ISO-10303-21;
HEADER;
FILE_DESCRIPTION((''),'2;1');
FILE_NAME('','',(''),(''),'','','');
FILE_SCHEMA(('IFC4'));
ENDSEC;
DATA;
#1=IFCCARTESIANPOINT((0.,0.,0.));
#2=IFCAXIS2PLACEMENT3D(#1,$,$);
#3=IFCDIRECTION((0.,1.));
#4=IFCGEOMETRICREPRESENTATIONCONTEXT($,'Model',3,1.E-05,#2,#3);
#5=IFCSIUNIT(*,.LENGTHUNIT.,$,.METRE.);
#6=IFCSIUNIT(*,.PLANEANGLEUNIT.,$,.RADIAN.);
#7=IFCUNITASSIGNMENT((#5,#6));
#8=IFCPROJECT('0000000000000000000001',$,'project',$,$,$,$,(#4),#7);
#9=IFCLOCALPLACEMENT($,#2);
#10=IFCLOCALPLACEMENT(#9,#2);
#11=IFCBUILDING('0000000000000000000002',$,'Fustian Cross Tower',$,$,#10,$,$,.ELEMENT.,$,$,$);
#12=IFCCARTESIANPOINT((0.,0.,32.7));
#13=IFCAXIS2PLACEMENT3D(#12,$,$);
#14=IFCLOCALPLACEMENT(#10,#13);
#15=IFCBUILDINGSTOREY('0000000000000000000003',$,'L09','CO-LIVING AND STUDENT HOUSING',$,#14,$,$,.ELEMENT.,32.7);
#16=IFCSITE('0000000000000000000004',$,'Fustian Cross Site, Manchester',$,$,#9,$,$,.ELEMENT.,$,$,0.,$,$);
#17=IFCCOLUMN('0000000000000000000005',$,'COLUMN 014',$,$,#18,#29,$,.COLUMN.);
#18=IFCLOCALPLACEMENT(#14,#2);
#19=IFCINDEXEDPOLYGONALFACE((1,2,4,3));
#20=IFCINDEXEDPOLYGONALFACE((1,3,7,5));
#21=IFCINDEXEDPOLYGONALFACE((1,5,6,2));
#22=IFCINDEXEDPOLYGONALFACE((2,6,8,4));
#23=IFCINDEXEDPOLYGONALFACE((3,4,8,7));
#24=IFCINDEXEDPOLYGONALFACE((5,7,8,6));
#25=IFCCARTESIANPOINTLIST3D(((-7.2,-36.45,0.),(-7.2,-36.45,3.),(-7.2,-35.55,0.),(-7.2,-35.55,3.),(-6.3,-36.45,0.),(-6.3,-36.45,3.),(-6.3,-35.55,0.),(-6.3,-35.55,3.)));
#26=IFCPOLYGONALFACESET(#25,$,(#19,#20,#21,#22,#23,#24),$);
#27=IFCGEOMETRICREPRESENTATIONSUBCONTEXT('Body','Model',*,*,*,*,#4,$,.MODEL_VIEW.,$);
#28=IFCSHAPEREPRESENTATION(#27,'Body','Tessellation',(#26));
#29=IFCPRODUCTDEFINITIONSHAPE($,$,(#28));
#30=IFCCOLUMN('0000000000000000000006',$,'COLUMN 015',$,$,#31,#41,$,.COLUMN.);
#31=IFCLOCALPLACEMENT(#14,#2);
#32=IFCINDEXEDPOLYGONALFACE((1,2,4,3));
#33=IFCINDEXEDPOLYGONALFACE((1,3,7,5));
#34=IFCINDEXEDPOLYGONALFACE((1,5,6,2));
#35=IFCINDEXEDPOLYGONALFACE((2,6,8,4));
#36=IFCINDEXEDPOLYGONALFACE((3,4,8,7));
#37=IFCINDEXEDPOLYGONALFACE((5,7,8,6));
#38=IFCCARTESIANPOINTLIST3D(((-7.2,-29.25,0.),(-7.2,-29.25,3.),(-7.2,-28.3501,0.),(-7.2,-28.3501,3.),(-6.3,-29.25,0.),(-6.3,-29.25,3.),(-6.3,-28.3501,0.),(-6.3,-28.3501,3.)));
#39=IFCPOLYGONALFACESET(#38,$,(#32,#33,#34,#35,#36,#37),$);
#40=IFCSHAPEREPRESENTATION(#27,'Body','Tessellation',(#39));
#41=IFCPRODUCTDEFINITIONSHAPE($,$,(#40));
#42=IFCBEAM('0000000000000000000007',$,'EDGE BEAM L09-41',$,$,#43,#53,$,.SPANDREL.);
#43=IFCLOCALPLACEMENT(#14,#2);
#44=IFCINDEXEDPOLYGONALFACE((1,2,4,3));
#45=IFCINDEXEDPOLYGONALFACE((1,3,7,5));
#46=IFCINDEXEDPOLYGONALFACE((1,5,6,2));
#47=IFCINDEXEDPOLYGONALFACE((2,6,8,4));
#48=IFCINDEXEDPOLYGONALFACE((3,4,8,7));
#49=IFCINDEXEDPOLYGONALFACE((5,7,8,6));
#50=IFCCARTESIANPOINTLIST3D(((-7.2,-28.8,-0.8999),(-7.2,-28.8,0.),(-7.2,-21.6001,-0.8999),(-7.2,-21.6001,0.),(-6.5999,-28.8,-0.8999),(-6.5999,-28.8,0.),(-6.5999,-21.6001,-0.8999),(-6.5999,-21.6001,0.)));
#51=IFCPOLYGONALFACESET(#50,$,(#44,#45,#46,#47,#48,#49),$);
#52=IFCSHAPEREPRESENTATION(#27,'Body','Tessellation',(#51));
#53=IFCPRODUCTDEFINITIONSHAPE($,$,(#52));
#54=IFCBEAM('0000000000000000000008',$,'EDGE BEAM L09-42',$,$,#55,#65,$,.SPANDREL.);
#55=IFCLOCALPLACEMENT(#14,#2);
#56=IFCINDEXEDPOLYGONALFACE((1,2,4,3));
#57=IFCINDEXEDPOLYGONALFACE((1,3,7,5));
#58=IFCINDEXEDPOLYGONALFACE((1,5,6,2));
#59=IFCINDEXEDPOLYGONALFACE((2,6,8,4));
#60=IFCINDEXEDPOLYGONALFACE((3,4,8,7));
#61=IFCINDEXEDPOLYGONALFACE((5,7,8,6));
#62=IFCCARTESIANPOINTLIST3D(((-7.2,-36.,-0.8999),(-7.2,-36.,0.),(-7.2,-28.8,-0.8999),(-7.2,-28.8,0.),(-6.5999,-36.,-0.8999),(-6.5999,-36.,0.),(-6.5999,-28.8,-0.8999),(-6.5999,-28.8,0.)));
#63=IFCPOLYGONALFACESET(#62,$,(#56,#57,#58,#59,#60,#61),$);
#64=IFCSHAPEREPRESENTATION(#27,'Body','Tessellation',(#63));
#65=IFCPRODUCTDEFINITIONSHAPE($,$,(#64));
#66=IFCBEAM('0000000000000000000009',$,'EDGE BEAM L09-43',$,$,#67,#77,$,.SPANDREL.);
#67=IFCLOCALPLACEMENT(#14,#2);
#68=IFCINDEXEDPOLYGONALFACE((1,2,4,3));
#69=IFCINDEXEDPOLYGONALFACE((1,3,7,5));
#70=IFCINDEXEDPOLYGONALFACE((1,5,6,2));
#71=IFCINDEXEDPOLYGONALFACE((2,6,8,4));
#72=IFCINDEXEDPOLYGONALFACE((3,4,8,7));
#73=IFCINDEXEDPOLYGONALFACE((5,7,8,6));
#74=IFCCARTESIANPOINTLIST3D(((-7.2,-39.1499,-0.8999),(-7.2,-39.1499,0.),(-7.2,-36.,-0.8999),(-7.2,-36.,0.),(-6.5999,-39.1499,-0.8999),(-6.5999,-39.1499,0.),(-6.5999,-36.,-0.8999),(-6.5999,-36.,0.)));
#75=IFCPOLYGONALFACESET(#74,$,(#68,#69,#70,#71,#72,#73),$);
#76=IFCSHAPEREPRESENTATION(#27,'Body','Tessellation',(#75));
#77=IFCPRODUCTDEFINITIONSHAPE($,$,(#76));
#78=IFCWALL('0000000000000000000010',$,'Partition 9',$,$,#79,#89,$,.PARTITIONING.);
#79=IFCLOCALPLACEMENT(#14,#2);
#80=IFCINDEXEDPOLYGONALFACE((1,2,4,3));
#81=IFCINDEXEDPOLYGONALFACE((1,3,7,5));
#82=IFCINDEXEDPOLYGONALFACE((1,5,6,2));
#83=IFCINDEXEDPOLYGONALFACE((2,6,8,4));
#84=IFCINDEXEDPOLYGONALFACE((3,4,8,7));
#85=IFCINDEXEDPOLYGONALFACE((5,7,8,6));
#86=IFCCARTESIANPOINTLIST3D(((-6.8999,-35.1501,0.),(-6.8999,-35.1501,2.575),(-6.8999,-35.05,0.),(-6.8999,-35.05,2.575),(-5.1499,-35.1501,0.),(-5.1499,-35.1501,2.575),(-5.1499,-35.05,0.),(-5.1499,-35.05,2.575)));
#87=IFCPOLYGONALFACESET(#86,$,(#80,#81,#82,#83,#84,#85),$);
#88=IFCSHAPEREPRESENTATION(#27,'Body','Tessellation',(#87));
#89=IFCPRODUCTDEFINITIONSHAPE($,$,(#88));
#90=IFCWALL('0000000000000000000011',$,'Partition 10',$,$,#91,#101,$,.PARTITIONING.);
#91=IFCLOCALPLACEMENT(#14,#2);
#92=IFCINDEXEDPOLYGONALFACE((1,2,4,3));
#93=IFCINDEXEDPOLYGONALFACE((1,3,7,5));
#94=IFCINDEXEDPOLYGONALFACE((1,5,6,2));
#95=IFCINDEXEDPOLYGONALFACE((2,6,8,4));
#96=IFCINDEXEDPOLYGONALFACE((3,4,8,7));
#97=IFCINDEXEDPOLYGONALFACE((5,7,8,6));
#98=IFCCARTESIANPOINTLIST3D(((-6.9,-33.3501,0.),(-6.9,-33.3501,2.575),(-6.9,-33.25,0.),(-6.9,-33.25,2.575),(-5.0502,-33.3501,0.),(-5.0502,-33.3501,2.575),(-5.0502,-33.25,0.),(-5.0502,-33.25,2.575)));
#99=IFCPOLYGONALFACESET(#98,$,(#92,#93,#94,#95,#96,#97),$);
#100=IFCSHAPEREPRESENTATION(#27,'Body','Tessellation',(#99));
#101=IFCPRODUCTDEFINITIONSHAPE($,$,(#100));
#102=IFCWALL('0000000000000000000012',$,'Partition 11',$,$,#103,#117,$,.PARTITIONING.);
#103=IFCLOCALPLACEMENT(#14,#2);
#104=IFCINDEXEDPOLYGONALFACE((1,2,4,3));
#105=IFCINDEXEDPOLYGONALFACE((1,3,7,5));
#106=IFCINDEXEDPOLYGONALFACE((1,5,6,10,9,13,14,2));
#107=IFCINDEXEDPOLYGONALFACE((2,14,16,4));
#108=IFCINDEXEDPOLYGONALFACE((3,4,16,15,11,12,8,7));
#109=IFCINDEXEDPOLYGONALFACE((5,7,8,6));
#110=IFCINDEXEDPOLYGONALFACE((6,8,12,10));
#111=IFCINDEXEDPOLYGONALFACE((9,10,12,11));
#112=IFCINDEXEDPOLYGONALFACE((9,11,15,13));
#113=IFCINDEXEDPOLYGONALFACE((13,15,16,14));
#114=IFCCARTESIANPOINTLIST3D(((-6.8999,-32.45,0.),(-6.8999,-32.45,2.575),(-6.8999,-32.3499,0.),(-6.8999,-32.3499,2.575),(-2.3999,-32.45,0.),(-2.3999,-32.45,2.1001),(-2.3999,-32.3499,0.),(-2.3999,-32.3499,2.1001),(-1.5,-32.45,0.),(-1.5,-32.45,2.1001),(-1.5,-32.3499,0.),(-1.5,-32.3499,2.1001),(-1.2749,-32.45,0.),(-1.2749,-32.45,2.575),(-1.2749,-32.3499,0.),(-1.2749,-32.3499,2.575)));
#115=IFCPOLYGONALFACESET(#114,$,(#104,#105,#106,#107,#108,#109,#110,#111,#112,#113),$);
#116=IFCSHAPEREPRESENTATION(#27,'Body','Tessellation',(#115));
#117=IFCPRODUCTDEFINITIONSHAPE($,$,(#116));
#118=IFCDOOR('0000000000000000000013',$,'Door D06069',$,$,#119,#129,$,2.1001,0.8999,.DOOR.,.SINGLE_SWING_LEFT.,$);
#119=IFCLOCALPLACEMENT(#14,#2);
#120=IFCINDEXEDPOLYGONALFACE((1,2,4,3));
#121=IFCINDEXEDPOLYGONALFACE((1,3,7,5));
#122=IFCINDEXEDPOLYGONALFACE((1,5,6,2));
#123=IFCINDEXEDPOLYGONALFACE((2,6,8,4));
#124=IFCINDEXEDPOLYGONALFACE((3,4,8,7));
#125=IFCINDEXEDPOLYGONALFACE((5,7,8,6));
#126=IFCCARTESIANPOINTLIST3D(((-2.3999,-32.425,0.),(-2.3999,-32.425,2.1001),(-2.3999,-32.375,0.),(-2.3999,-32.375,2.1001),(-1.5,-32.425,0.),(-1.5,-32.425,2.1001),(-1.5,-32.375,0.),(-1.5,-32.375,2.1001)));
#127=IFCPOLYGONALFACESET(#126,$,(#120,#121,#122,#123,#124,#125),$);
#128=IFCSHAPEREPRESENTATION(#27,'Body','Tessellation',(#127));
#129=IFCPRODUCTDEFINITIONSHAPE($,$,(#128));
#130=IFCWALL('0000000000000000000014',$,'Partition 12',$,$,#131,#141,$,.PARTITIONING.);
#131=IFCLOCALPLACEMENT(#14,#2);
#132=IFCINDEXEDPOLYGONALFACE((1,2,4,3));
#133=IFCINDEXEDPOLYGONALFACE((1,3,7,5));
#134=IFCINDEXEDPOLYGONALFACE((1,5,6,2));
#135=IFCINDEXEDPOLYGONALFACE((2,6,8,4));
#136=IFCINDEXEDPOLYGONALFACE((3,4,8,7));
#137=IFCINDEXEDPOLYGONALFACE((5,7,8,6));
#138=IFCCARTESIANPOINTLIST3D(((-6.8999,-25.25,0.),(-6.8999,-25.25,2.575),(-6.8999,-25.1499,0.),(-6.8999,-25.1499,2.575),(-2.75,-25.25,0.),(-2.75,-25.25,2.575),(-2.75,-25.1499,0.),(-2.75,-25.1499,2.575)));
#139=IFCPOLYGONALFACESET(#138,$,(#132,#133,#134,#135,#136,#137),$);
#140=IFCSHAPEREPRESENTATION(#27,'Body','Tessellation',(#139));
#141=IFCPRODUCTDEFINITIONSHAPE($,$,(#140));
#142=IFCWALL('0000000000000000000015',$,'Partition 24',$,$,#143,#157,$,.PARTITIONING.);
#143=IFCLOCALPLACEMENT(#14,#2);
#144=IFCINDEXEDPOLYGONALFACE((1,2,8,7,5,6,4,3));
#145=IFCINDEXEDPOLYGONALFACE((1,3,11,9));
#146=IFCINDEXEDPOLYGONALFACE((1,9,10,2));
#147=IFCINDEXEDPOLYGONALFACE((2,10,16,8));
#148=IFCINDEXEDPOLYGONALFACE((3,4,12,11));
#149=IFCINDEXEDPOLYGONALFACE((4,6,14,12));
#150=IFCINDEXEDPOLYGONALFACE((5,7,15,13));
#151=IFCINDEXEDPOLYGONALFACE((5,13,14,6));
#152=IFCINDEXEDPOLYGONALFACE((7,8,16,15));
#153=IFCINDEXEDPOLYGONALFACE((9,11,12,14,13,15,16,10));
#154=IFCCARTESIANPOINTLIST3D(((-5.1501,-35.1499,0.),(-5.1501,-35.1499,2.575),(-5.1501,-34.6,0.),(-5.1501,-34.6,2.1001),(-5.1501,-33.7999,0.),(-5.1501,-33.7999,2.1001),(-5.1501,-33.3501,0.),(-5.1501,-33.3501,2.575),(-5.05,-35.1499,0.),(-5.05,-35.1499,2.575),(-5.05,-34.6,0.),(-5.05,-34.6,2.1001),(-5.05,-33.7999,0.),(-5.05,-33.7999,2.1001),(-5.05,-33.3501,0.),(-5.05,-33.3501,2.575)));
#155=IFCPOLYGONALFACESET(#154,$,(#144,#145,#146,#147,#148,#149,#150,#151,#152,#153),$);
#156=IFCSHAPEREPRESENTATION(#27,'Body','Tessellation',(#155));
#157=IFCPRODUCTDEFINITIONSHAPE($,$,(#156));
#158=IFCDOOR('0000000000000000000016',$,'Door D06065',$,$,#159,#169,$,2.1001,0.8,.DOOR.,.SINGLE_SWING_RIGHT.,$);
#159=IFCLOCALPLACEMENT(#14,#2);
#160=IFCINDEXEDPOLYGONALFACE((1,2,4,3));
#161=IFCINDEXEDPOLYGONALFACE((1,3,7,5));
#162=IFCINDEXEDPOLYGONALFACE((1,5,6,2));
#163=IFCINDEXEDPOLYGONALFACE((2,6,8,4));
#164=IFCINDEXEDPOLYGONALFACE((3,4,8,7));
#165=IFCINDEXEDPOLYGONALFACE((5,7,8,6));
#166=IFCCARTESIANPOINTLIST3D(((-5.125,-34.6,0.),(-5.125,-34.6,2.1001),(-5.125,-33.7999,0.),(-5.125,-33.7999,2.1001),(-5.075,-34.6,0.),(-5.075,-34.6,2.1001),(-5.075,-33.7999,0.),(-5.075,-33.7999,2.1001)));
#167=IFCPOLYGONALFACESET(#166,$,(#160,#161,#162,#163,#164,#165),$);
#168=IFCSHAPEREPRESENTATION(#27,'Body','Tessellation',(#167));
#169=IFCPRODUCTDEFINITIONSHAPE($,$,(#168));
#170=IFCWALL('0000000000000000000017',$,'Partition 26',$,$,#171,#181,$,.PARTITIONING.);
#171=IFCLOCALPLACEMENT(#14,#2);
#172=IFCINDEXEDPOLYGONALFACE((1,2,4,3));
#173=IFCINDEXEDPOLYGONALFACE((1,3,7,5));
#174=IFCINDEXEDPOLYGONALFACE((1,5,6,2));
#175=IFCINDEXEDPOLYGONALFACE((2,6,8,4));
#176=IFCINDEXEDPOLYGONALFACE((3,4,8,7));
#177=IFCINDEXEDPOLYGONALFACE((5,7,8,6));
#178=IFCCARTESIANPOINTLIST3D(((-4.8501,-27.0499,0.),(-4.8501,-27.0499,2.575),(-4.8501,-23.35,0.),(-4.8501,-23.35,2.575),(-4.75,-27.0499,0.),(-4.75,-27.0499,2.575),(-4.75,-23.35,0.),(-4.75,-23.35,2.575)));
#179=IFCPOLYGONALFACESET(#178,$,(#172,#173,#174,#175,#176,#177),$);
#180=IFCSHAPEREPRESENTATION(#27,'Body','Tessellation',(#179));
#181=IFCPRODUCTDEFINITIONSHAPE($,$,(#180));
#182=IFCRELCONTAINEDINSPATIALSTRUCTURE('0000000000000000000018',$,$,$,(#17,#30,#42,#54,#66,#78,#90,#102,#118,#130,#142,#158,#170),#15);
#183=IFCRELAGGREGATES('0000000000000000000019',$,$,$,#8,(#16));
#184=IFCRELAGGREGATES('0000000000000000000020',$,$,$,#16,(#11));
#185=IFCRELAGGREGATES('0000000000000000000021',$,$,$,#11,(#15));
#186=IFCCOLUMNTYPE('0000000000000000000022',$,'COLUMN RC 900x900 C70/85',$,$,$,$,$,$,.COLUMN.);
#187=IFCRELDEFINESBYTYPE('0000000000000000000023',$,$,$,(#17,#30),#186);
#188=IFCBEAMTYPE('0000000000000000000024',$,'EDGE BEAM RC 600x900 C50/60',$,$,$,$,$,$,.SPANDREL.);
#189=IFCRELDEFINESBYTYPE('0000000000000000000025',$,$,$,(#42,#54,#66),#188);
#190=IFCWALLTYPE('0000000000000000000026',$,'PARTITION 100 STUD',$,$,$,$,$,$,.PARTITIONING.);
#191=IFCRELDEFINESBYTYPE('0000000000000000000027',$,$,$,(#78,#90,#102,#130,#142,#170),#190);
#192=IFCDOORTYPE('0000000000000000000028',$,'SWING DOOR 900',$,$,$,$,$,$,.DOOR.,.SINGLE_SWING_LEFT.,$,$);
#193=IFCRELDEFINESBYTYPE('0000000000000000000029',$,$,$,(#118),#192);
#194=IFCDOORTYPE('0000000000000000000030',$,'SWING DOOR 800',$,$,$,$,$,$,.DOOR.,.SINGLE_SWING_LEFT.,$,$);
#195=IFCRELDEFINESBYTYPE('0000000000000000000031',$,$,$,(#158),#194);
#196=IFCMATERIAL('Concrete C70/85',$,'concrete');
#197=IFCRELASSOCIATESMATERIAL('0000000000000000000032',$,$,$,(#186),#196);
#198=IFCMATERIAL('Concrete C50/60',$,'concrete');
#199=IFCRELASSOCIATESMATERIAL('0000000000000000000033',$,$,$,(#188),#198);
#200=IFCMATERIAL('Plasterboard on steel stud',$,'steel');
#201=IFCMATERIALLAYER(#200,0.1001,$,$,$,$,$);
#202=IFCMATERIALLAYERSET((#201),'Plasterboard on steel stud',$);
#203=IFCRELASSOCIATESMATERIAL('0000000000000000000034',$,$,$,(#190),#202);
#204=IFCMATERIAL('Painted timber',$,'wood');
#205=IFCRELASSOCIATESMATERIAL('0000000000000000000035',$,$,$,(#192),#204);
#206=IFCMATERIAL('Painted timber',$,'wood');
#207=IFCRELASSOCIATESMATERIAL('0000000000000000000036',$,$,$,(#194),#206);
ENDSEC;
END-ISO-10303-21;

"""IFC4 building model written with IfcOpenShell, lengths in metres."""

from ifc_helpers import new_model, si_unit, direction, frame, frame_2d, origin, origin_2d, place, context, subcontext, project, spatial, rectangle, extrude, material, layer, layer_set, material_profile, profile_set, type_object, element, fill, save


model = new_model("IFC4")

# Units and contexts
model_context = context("Model", 3, precision=1e-05, world=origin(), true_north=direction((0.0, 1.0)))
body_context = subcontext(model_context, "Body", "Model", "MODEL_VIEW")
ifc_project = project(units=[si_unit("LENGTHUNIT", "METRE"), si_unit("PLANEANGLEUNIT", "RADIAN")], contexts=[model_context])

# Site, building, storey
site_placement = place(None, origin())
site = spatial("IfcSite", under=ifc_project, at=site_placement, Name="Fustian Cross Site, Manchester", CompositionType="ELEMENT", RefElevation=0.0)
building_placement = place(site_placement, origin())
building = spatial("IfcBuilding", under=site, at=building_placement, Name="Fustian Cross Tower", CompositionType="ELEMENT")
storey_placement = place(building_placement, frame((0.0, 0.0, 32.7)))
storey = spatial("IfcBuildingStorey", under=building, at=storey_placement, Name="L09", Description="CO-LIVING AND STUDENT HOUSING", CompositionType="ELEMENT", Elevation=32.7)

# Columns
ifc_material_1 = material(Name="Concrete C70/85", Category="concrete")
ifc_material_profile_1 = material_profile(ifc_material_1, rectangle(XDim=0.8999, YDim=0.8999, at=origin_2d()), Name="RC 900x900")
ifc_profile_set_1 = profile_set([ifc_material_profile_1], Name="Concrete C70/85")
column_type = type_object("IfcColumnType", Name="COLUMN RC 900x900 C70/85", PredefinedType="COLUMN", material=ifc_profile_set_1)
for number, where, z_axis, x_axis, name in (
    (1, (-6.75, -36.0, 0.0), (0.0, 0.0, 1.0), (1.0, 0.0, 0.0), "COLUMN 014"),
    (2, (-6.75, -28.8, 0.0), (0.0, 0.0, 1.0), (1.0, 0.0, 0.0), "COLUMN 015"),
):
    element("IfcColumn", number, at=place(storey_placement, frame(where, z_axis=z_axis, x_axis=x_axis)), inside=storey, type_object=column_type, Name=name, PredefinedType="COLUMN", context=body_context, shape_type="SweptSolid", body=[
        extrude(rectangle(XDim=0.8999, YDim=0.8999, at=origin_2d()), origin(), (0.0, 0.0, 1.0), 3.0),
    ])

# Beams
ifc_material_2 = material(Name="Concrete C50/60", Category="concrete")
ifc_material_profile_2 = material_profile(ifc_material_2, rectangle(XDim=0.6001, YDim=0.8999, at=origin_2d()), Name="RC 600x900")
ifc_profile_set_2 = profile_set([ifc_material_profile_2], Name="Concrete C50/60")
beam_type = type_object("IfcBeamType", Name="EDGE BEAM RC 600x900 C50/60", PredefinedType="SPANDREL", material=ifc_profile_set_2)
for number, where, z_axis, x_axis, name in (
    (3, (-6.8999, -21.6001, -0.45), (0.0, -1.0, 0.0), (1.0, 0.0, 0.0), "EDGE BEAM L09-41"),
    (4, (-6.8999, -28.8, -0.45), (0.0, -1.0, 0.0), (1.0, 0.0, 0.0), "EDGE BEAM L09-42"),
):
    element("IfcBeam", number, at=place(storey_placement, frame(where, z_axis=z_axis, x_axis=x_axis)), inside=storey, type_object=beam_type, Name=name, PredefinedType="SPANDREL", context=body_context, shape_type="SweptSolid", body=[
        extrude(rectangle(XDim=0.6001, YDim=0.8999, at=origin_2d()), origin(), (0.0, 0.0, 1.0), 7.2),
    ])
beam_placement = place(storey_placement, frame((-6.8999, -36.0, -0.45), z_axis=(0.0, -1.0, 0.0), x_axis=(1.0, 0.0, 0.0)))
element("IfcBeam", 5, at=beam_placement, inside=storey, type_object=beam_type, Name="EDGE BEAM L09-43", PredefinedType="SPANDREL", context=body_context, shape_type="SweptSolid", body=[
    extrude(rectangle(XDim=0.6001, YDim=0.8999, at=origin_2d()), origin(), (0.0, 0.0, 1.0), 3.1499),
])

# Walls
ifc_material_3 = material(Name="Plasterboard on steel stud", Category="steel")
ifc_layer_1 = layer(ifc_material_3, 0.1001)
ifc_layer_set_1 = layer_set([ifc_layer_1], Name="Plasterboard on steel stud")
wall_type_1 = type_object("IfcWallType", Name="PARTITION 100 STUD", PredefinedType="PARTITIONING", material=ifc_layer_set_1)
wall_1_placement = place(storey_placement, frame((-6.8999, -35.1001, 0.0), z_axis=(0.0, 0.0, 1.0), x_axis=(1.0, 0.0, 0.0)))
element("IfcWall", 6, at=wall_1_placement, inside=storey, type_object=wall_type_1, Name="Partition 9", PredefinedType="PARTITIONING", context=body_context, shape_type="SweptSolid", body=[
    extrude(rectangle(XDim=1.75, YDim=0.1001, at=frame_2d((0.875, 0.0))), origin(), (0.0, 0.0, 1.0), 2.575),
])
wall_2_placement = place(storey_placement, frame((-6.8999, -33.3, 0.0), z_axis=(0.0, 0.0, 1.0), x_axis=(1.0, 0.0, 0.0)))
element("IfcWall", 7, at=wall_2_placement, inside=storey, type_object=wall_type_1, Name="Partition 10", PredefinedType="PARTITIONING", context=body_context, shape_type="SweptSolid", body=[
    extrude(rectangle(XDim=1.8499, YDim=0.1001, at=frame_2d((0.9248, 0.0))), origin(), (0.0, 0.0, 1.0), 2.575),
])

# Wall, opening, door
wall_3_placement = place(storey_placement, frame((-6.8999, -32.3999, 0.0), z_axis=(0.0, 0.0, 1.0), x_axis=(1.0, 0.0, 0.0)))
wall_3 = element("IfcWall", 8, at=wall_3_placement, inside=storey, type_object=wall_type_1, Name="Partition 11", PredefinedType="PARTITIONING", context=body_context, shape_type="SweptSolid", body=[
    extrude(rectangle(XDim=5.625, YDim=0.1001, at=frame_2d((2.8125, 0.0))), origin(), (0.0, 0.0, 1.0), 2.575),
])
opening_1_placement = place(wall_3_placement, frame((4.5, 0.0, 0.0)))
opening_1 = element("IfcOpeningElement", 9, at=opening_1_placement, cuts=wall_3, PredefinedType="OPENING", context=body_context, shape_type="SweptSolid", body=[
    extrude(rectangle(XDim=0.8999, YDim=2.1001, at=frame_2d((0.45, 1.05))), frame((0.0, 0.0601, 0.0), z_axis=(0.0, -1.0, 0.0), x_axis=(1.0, 0.0, 0.0)), (0.0, 0.0, 1.0), 0.1201),
])
ifc_material_4 = material(Name="Painted timber", Category="wood")
door_type_1 = type_object("IfcDoorType", Name="SWING DOOR 900", OperationType="SINGLE_SWING_LEFT", PredefinedType="DOOR", material=ifc_material_4)
door_1_placement = place(opening_1_placement, origin())
door_1 = element("IfcDoor", 10, at=door_1_placement, inside=storey, type_object=door_type_1, Name="Door D06069", OperationType="SINGLE_SWING_LEFT", OverallHeight=2.1001, OverallWidth=0.8999, PredefinedType="DOOR", context=body_context, shape_type="SweptSolid", body=[
    extrude(rectangle(XDim=0.8999, YDim=2.1001, at=frame_2d((0.45, 1.05))), frame((0.0, 0.0249, 0.0), z_axis=(0.0, -1.0, 0.0), x_axis=(1.0, 0.0, 0.0)), (0.0, 0.0, 1.0), 0.05),
])
fill(opening_1, door_1)

# Wall
wall_4_placement = place(storey_placement, frame((-6.8999, -25.2, 0.0), z_axis=(0.0, 0.0, 1.0), x_axis=(1.0, 0.0, 0.0)))
element("IfcWall", 11, at=wall_4_placement, inside=storey, type_object=wall_type_1, Name="Partition 12", PredefinedType="PARTITIONING", context=body_context, shape_type="SweptSolid", body=[
    extrude(rectangle(XDim=4.1499, YDim=0.1001, at=frame_2d((2.075, 0.0))), origin(), (0.0, 0.0, 1.0), 2.575),
])

# Wall, opening, door
wall_5_placement = place(storey_placement, frame((-5.1001, -35.1499, 0.0), z_axis=(0.0, 0.0, 1.0), x_axis=(0.0, 1.0, 0.0)))
wall_5 = element("IfcWall", 12, at=wall_5_placement, inside=storey, type_object=wall_type_1, Name="Partition 24", PredefinedType="PARTITIONING", context=body_context, shape_type="SweptSolid", body=[
    extrude(rectangle(XDim=1.7998, YDim=0.1001, at=frame_2d((0.8999, 0.0))), origin(), (0.0, 0.0, 1.0), 2.575),
])
opening_2_placement = place(wall_5_placement, frame((0.55, 0.0, 0.0)))
opening_2 = element("IfcOpeningElement", 13, at=opening_2_placement, cuts=wall_5, PredefinedType="OPENING", context=body_context, shape_type="SweptSolid", body=[
    extrude(rectangle(XDim=0.8, YDim=2.1001, at=frame_2d((0.3999, 1.05))), frame((0.0, 0.0601, 0.0), z_axis=(0.0, -1.0, 0.0), x_axis=(1.0, 0.0, 0.0)), (0.0, 0.0, 1.0), 0.1201),
])
ifc_material_5 = material(Name="Painted timber", Category="wood")
door_type_2 = type_object("IfcDoorType", Name="SWING DOOR 800", OperationType="SINGLE_SWING_LEFT", PredefinedType="DOOR", material=ifc_material_5)
door_2_placement = place(opening_2_placement, origin())
door_2 = element("IfcDoor", 14, at=door_2_placement, inside=storey, type_object=door_type_2, Name="Door D06065", OperationType="SINGLE_SWING_RIGHT", OverallHeight=2.1001, OverallWidth=0.8, PredefinedType="DOOR", context=body_context, shape_type="SweptSolid", body=[
    extrude(rectangle(XDim=0.8, YDim=2.1001, at=frame_2d((0.3999, 1.05))), frame((0.0, 0.0249, 0.0), z_axis=(0.0, -1.0, 0.0), x_axis=(1.0, 0.0, 0.0)), (0.0, 0.0, 1.0), 0.05),
])
fill(opening_2, door_2)

# Wall
wall_6_placement = place(storey_placement, frame((-4.8, -27.05, 0.0), z_axis=(0.0, 0.0, 1.0), x_axis=(0.0, 1.0, 0.0)))
element("IfcWall", 15, at=wall_6_placement, inside=storey, type_object=wall_type_1, Name="Partition 26", PredefinedType="PARTITIONING", context=body_context, shape_type="SweptSolid", body=[
    extrude(rectangle(XDim=3.7, YDim=0.1001, at=frame_2d((1.8501, 0.0))), origin(), (0.0, 0.0, 1.0), 2.575),
])

save(model, "model.ifc")
